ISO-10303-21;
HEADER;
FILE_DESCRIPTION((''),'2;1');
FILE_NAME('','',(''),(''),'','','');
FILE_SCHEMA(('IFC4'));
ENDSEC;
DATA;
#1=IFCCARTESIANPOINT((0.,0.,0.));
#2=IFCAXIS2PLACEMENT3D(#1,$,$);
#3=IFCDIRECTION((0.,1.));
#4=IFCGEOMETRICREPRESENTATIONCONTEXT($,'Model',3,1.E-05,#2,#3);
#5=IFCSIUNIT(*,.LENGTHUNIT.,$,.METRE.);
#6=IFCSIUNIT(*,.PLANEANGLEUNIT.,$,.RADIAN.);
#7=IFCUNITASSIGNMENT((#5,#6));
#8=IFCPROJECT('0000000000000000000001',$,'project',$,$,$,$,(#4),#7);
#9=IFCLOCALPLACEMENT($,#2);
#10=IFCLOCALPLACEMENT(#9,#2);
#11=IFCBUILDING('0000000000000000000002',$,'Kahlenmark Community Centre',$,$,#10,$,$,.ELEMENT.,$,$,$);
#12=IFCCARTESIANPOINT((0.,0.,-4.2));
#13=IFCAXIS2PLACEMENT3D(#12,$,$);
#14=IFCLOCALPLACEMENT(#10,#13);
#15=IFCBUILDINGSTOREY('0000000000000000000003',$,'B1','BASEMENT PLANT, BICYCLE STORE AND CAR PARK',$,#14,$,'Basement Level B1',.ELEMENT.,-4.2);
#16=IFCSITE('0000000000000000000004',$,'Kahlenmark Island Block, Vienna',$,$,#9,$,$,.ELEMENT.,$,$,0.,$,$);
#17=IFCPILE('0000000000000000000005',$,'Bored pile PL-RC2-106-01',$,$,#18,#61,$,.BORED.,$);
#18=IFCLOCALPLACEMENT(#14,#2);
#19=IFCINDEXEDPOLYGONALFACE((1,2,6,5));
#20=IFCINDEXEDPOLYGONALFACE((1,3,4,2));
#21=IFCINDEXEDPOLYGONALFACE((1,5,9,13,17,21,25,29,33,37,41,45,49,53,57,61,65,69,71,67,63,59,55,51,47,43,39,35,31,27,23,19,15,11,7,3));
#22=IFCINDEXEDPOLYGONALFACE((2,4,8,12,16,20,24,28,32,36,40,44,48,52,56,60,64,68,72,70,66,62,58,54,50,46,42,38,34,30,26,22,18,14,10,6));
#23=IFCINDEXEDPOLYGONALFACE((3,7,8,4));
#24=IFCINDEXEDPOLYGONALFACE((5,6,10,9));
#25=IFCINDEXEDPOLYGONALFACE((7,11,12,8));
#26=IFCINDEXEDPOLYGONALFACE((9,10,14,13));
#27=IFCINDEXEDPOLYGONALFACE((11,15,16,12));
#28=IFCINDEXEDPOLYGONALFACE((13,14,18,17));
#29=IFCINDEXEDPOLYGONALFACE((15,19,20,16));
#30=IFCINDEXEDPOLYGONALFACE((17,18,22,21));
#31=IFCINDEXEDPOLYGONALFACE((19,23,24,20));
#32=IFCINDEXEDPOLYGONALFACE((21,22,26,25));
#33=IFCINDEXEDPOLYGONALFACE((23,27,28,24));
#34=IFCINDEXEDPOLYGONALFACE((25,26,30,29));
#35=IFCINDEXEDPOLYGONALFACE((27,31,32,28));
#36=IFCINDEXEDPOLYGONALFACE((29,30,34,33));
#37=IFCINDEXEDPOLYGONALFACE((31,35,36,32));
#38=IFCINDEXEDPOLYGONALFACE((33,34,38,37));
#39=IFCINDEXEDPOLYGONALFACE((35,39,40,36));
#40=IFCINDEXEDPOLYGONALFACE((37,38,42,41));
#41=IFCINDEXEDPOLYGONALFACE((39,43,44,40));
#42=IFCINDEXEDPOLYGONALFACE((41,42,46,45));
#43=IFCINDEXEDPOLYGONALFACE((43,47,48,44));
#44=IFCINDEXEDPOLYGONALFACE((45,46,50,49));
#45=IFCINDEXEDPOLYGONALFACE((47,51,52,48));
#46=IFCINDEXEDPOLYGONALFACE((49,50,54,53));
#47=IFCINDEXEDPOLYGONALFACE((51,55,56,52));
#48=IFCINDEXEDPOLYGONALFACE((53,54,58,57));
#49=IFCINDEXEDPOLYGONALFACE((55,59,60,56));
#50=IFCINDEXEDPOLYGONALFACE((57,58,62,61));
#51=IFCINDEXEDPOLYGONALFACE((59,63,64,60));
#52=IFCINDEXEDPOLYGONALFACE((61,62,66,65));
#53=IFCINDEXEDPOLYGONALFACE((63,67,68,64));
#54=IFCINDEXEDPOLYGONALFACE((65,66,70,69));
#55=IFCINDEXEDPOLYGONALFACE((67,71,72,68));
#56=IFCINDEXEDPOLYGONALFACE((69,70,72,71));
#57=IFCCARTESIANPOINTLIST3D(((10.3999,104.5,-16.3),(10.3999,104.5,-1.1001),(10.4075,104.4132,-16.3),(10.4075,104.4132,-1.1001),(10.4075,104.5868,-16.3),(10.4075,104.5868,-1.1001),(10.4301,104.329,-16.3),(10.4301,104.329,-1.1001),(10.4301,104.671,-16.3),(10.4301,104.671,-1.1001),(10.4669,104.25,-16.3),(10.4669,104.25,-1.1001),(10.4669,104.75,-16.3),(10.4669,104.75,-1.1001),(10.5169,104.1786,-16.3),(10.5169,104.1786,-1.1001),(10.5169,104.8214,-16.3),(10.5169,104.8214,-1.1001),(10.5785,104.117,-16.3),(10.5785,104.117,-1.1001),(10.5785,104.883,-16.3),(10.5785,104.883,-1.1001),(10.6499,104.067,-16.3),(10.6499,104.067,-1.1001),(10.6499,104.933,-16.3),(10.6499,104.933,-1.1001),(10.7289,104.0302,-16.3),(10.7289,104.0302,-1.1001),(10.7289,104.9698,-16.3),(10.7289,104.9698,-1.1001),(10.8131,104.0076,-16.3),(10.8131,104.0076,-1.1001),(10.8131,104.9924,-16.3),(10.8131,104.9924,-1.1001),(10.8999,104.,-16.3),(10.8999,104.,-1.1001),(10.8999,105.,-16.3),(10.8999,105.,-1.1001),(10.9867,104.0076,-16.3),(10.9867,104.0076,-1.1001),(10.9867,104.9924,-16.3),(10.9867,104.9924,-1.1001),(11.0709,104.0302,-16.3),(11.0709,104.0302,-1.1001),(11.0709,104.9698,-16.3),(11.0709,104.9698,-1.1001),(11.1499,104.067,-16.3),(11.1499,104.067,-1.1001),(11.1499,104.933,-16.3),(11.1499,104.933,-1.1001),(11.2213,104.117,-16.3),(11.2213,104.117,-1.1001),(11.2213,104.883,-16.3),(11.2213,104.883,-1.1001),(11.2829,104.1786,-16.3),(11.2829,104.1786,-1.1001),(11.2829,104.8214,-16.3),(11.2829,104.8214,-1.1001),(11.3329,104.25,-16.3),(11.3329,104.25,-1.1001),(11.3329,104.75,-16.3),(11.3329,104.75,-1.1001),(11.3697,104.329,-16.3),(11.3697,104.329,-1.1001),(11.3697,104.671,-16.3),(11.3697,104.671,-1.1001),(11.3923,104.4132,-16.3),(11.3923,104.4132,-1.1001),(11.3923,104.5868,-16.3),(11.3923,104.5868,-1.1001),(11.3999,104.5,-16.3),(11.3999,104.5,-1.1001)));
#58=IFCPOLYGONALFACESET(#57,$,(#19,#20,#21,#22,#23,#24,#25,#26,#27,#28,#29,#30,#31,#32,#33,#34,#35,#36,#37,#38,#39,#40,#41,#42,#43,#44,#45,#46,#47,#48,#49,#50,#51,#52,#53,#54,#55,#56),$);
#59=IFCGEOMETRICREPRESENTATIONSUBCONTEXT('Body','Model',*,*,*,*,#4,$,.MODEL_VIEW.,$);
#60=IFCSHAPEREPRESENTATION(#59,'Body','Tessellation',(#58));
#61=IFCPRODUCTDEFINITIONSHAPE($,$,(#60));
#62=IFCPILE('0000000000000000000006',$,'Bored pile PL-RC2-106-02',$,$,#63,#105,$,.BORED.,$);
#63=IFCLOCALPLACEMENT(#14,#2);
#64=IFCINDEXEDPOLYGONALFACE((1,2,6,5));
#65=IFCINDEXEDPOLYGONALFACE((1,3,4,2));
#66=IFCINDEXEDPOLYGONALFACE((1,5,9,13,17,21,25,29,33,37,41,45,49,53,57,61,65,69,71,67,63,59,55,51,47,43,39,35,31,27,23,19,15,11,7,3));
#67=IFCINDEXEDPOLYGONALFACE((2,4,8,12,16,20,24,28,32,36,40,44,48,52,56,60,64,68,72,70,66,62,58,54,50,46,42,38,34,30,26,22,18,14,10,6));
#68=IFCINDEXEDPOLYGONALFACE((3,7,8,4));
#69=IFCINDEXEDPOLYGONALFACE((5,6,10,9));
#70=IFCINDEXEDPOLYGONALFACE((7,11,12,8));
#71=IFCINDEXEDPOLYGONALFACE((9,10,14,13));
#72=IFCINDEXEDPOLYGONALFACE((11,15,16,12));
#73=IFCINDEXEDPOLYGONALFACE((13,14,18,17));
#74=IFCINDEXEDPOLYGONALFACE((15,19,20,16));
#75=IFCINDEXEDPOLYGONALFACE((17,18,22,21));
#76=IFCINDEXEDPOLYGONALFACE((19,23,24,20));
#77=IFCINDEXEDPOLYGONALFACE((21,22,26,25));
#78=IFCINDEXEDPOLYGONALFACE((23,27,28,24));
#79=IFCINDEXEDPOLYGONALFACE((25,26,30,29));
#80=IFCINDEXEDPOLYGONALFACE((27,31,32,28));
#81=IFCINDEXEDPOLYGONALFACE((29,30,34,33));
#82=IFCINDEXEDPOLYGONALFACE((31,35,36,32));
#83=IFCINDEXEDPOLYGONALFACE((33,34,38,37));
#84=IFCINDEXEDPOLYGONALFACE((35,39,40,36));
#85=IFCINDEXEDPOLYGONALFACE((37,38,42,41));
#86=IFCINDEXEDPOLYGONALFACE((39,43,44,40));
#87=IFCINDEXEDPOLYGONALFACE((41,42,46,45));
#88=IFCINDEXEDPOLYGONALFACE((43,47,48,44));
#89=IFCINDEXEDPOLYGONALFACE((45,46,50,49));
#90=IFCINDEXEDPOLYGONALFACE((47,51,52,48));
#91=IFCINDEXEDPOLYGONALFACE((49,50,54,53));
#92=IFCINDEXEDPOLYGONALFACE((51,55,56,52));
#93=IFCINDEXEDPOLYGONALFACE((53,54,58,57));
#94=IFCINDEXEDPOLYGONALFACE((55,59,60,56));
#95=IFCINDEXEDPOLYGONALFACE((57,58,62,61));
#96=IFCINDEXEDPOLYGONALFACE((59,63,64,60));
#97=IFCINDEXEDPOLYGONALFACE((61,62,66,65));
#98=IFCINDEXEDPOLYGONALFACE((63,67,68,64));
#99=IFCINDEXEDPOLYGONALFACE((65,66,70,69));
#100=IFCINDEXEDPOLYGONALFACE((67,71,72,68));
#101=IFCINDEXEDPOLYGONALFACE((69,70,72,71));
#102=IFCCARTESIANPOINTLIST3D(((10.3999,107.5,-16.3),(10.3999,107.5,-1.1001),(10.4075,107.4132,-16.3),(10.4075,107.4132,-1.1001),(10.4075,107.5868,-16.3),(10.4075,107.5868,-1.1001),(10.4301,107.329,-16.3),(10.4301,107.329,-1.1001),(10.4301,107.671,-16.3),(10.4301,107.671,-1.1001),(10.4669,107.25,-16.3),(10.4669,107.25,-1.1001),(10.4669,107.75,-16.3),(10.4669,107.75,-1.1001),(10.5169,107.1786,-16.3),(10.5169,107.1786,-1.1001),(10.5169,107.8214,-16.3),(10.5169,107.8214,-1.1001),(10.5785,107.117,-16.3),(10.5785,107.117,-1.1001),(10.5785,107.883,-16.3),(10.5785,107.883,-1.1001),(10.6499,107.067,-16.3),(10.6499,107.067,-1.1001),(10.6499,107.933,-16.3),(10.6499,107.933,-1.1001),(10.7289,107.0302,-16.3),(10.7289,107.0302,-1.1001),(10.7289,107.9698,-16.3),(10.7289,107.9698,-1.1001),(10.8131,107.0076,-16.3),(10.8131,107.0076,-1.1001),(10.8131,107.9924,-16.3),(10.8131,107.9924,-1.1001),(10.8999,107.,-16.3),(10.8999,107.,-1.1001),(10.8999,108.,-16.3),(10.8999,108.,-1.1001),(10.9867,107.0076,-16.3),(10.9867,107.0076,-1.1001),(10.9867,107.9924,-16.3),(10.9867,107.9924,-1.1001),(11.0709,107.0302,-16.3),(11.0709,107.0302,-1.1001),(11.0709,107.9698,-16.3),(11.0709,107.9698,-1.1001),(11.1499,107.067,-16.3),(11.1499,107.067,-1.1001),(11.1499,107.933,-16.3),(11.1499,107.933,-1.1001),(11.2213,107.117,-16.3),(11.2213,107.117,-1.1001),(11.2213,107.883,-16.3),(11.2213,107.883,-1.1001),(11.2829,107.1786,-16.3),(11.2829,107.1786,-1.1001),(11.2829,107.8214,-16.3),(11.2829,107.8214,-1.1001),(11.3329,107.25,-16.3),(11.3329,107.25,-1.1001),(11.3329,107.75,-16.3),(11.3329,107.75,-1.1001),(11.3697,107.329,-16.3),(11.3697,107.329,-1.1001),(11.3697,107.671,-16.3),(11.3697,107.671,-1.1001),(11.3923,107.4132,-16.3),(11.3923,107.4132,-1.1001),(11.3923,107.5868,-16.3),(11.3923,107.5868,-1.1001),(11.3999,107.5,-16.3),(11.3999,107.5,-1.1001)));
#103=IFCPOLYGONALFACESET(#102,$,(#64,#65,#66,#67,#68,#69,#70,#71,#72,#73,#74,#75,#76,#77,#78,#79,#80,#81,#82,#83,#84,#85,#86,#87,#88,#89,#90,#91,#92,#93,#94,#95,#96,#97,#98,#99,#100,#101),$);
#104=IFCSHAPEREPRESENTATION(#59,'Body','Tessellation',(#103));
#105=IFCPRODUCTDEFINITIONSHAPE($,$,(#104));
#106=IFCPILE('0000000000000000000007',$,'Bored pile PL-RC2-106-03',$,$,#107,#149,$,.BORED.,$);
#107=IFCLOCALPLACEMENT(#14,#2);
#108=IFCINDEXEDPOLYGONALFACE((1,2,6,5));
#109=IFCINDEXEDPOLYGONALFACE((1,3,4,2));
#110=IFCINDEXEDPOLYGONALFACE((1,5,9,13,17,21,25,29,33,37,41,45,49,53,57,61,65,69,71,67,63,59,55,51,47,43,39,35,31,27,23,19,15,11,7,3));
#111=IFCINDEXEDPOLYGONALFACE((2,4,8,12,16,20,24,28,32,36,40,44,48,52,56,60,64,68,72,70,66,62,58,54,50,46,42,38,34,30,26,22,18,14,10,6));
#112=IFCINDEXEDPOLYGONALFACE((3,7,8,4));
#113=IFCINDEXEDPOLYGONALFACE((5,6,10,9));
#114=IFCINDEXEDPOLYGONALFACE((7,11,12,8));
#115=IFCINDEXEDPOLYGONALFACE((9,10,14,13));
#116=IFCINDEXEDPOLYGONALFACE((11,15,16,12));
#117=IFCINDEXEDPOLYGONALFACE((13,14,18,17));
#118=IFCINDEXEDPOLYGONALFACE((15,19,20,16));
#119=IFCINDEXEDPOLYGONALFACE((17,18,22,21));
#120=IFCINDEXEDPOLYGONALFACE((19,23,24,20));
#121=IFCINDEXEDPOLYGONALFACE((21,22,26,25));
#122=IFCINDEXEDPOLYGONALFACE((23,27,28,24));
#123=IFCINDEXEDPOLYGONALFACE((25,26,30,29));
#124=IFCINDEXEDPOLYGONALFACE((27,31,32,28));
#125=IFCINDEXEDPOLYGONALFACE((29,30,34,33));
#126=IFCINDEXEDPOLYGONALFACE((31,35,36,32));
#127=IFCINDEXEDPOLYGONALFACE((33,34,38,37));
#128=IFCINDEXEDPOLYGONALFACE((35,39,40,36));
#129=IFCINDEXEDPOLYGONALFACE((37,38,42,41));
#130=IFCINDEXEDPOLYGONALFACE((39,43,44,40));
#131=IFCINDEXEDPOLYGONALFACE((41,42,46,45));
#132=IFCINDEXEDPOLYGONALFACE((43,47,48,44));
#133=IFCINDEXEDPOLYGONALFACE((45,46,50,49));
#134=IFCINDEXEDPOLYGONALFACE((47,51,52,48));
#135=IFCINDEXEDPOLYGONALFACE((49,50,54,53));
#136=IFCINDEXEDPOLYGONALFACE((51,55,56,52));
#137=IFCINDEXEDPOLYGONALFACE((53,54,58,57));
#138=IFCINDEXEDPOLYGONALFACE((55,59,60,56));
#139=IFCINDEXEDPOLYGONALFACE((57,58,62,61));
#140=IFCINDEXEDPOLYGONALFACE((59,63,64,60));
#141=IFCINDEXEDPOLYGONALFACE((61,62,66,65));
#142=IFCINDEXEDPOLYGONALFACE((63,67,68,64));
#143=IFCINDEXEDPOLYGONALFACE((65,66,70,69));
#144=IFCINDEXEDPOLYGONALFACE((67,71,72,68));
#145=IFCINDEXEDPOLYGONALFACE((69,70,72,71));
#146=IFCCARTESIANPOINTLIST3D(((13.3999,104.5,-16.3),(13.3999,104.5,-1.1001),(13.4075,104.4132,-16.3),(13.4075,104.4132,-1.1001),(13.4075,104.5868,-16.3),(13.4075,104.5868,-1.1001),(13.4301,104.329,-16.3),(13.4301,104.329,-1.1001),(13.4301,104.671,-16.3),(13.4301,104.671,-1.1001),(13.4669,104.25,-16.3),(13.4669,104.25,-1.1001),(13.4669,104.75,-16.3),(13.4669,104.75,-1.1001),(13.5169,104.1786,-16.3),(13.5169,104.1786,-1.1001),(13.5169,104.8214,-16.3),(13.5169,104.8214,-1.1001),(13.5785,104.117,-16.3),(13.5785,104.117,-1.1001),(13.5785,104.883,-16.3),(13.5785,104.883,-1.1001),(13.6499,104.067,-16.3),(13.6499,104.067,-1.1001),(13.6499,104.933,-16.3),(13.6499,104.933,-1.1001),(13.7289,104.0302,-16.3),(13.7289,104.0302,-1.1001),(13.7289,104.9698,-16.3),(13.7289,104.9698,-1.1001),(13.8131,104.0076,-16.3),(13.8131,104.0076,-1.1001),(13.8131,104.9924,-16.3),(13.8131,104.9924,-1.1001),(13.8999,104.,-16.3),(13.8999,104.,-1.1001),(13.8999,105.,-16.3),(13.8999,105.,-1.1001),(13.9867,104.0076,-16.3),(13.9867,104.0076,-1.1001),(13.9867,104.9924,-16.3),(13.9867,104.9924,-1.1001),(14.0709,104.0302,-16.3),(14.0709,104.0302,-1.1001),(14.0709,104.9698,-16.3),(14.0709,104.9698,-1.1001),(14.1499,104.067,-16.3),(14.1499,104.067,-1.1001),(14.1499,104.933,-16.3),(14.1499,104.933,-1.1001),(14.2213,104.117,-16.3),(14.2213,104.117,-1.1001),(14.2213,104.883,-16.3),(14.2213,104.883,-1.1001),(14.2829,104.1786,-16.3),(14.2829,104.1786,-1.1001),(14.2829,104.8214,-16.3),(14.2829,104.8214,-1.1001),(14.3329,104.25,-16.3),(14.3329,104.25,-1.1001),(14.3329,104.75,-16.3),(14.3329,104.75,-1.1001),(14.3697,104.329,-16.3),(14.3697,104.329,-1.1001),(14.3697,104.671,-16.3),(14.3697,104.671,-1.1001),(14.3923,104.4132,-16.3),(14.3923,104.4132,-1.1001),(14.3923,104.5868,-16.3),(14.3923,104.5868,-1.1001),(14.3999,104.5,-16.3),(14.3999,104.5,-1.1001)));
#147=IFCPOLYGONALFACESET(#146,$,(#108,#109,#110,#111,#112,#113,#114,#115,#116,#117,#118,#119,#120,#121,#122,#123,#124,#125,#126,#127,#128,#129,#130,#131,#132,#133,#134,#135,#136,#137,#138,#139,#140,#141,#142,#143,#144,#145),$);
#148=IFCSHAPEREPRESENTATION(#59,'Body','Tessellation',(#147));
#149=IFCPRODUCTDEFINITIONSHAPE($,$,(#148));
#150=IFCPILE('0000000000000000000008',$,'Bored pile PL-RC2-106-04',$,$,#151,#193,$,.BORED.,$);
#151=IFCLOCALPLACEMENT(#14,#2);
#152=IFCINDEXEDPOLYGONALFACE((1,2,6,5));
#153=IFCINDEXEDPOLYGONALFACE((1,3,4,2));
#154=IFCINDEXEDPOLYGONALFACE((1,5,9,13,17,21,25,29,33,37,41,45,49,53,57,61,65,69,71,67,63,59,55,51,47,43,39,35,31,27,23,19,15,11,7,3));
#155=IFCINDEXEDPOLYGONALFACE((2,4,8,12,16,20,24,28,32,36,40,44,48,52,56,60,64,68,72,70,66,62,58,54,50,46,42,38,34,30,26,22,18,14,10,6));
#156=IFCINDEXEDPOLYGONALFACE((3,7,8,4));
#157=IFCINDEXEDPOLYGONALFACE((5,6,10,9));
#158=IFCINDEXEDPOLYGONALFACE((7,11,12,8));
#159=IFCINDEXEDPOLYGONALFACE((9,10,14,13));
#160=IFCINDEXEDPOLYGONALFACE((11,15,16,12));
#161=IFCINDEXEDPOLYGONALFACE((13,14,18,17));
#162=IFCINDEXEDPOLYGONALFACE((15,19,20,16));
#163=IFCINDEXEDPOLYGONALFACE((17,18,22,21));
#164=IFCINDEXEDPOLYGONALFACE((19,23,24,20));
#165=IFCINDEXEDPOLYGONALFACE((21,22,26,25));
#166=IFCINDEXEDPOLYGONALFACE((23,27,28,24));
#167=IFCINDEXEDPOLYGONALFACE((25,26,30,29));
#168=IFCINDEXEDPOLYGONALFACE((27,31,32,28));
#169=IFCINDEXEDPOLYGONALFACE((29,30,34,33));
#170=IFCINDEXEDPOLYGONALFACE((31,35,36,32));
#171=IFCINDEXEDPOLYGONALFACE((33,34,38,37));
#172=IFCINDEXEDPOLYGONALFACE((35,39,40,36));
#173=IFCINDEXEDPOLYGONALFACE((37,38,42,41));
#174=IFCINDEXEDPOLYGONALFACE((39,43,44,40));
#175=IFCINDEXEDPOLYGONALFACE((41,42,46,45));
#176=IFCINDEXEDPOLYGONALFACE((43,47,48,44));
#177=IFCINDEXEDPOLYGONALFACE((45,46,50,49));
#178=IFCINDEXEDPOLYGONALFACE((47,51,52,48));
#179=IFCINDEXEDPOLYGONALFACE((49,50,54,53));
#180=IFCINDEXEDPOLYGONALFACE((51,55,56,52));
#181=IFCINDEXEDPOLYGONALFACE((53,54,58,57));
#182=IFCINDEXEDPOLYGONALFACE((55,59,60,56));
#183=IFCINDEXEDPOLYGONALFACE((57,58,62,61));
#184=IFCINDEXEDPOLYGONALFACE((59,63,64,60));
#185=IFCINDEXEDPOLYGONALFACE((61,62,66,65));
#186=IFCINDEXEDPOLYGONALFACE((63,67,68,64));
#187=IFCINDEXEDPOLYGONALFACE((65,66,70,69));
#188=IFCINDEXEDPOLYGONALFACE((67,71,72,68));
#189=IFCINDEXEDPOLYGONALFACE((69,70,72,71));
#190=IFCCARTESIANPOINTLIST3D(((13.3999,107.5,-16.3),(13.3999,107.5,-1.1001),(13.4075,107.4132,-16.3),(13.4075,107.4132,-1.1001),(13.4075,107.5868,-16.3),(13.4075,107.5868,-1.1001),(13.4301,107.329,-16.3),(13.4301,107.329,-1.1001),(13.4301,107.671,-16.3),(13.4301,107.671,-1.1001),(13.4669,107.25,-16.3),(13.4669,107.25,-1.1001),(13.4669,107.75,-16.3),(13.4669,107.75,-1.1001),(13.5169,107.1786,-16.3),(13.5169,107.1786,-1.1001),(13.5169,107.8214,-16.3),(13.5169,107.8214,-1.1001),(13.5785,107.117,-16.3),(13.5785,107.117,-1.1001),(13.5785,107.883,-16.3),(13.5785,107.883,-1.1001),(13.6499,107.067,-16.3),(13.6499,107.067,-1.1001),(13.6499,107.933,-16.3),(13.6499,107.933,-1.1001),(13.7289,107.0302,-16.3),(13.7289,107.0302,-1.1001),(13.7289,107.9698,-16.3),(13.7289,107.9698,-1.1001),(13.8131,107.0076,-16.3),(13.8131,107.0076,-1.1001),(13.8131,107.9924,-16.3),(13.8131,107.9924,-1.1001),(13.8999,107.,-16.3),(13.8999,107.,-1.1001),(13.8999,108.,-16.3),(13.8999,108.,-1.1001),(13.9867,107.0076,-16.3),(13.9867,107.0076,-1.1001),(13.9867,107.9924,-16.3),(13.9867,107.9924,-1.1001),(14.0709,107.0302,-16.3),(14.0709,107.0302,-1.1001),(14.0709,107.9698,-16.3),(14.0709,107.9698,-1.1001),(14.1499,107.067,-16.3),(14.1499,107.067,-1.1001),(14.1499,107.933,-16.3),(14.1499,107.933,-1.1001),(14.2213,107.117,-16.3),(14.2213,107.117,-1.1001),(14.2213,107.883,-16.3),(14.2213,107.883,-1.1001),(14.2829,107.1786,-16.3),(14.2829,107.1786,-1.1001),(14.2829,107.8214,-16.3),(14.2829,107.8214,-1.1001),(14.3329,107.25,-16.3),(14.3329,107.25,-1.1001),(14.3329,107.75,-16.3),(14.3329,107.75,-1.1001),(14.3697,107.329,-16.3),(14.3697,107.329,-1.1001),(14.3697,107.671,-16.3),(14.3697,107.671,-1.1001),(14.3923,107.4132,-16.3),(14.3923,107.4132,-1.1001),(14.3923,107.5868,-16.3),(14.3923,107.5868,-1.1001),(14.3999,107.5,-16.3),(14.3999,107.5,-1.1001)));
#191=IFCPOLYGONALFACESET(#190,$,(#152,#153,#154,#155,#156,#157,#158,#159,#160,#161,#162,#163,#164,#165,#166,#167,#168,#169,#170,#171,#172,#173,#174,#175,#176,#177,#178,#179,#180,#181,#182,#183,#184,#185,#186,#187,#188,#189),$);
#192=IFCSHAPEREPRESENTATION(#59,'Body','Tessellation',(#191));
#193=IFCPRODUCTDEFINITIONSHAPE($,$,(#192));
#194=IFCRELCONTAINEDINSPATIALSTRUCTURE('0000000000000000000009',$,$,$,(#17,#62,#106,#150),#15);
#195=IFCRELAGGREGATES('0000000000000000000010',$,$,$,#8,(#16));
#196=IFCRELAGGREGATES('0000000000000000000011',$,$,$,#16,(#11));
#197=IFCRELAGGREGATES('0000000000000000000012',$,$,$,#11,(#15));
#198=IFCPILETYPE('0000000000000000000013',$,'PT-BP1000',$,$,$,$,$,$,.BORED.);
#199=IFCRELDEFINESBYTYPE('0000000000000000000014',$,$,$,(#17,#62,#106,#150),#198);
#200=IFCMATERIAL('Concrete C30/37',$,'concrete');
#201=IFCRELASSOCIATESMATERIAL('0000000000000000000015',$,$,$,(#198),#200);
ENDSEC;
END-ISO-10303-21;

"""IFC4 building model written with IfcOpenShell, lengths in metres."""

from ifc_helpers import new_model, si_unit, direction, frame, origin, origin_2d, place, context, subcontext, project, spatial, circle, extrude, material, material_profile, profile_set, type_object, element, save


model = new_model("IFC4")

# Units and contexts
model_context = context("Model", 3, precision=1e-05, world=origin(), true_north=direction((0.0, 1.0)))
body_context = subcontext(model_context, "Body", "Model", "MODEL_VIEW")
ifc_project = project(units=[si_unit("LENGTHUNIT", "METRE"), si_unit("PLANEANGLEUNIT", "RADIAN")], contexts=[model_context])

# Site, building, storey
site_placement = place(None, origin())
site = spatial("IfcSite", under=ifc_project, at=site_placement, Name="Kahlenmark Island Block, Vienna", CompositionType="ELEMENT", RefElevation=0.0)
building_placement = place(site_placement, origin())
building = spatial("IfcBuilding", under=site, at=building_placement, Name="Kahlenmark Community Centre", CompositionType="ELEMENT")
storey_placement = place(building_placement, frame((0.0, 0.0, -4.2)))
storey = spatial("IfcBuildingStorey", under=building, at=storey_placement, Name="B1", Description="BASEMENT PLANT, BICYCLE STORE AND CAR PARK", LongName="Basement Level B1", CompositionType="ELEMENT", Elevation=-4.2)

# Shared definitions
ifc_material_1 = material(Name="Concrete C30/37", Category="concrete")

# Piles
ifc_material_profile_1 = material_profile(ifc_material_1, circle(Radius=0.5, at=origin_2d()), Name="BORED PILE 1000")
ifc_profile_set_1 = profile_set([ifc_material_profile_1], Name="Concrete C30/37")
pile_type_1 = type_object("IfcPileType", Name="PT-BP1000", PredefinedType="BORED", material=ifc_profile_set_1)
for number, where, z_axis, x_axis, name in (
    (1, (10.8999, 104.5, -1.1001), (0.0, 0.0, -1.0), (1.0, 0.0, 0.0), "Bored pile PL-RC2-106-01"),
    (2, (10.8999, 107.5, -1.1001), (0.0, 0.0, -1.0), (1.0, 0.0, 0.0), "Bored pile PL-RC2-106-02"),
    (3, (13.8999, 104.5, -1.1001), (0.0, 0.0, -1.0), (1.0, 0.0, 0.0), "Bored pile PL-RC2-106-03"),
    (4, (13.8999, 107.5, -1.1001), (0.0, 0.0, -1.0), (1.0, 0.0, 0.0), "Bored pile PL-RC2-106-04"),
):
    element("IfcPile", number, at=place(storey_placement, frame(where, z_axis=z_axis, x_axis=x_axis)), inside=storey, type_object=pile_type_1, Name=name, PredefinedType="BORED", context=body_context, shape_type="SweptSolid", body=[
        extrude(circle(Radius=0.5, at=origin_2d()), origin(), (0.0, 0.0, 1.0), 15.2),
    ])

save(model, "model.ifc")
